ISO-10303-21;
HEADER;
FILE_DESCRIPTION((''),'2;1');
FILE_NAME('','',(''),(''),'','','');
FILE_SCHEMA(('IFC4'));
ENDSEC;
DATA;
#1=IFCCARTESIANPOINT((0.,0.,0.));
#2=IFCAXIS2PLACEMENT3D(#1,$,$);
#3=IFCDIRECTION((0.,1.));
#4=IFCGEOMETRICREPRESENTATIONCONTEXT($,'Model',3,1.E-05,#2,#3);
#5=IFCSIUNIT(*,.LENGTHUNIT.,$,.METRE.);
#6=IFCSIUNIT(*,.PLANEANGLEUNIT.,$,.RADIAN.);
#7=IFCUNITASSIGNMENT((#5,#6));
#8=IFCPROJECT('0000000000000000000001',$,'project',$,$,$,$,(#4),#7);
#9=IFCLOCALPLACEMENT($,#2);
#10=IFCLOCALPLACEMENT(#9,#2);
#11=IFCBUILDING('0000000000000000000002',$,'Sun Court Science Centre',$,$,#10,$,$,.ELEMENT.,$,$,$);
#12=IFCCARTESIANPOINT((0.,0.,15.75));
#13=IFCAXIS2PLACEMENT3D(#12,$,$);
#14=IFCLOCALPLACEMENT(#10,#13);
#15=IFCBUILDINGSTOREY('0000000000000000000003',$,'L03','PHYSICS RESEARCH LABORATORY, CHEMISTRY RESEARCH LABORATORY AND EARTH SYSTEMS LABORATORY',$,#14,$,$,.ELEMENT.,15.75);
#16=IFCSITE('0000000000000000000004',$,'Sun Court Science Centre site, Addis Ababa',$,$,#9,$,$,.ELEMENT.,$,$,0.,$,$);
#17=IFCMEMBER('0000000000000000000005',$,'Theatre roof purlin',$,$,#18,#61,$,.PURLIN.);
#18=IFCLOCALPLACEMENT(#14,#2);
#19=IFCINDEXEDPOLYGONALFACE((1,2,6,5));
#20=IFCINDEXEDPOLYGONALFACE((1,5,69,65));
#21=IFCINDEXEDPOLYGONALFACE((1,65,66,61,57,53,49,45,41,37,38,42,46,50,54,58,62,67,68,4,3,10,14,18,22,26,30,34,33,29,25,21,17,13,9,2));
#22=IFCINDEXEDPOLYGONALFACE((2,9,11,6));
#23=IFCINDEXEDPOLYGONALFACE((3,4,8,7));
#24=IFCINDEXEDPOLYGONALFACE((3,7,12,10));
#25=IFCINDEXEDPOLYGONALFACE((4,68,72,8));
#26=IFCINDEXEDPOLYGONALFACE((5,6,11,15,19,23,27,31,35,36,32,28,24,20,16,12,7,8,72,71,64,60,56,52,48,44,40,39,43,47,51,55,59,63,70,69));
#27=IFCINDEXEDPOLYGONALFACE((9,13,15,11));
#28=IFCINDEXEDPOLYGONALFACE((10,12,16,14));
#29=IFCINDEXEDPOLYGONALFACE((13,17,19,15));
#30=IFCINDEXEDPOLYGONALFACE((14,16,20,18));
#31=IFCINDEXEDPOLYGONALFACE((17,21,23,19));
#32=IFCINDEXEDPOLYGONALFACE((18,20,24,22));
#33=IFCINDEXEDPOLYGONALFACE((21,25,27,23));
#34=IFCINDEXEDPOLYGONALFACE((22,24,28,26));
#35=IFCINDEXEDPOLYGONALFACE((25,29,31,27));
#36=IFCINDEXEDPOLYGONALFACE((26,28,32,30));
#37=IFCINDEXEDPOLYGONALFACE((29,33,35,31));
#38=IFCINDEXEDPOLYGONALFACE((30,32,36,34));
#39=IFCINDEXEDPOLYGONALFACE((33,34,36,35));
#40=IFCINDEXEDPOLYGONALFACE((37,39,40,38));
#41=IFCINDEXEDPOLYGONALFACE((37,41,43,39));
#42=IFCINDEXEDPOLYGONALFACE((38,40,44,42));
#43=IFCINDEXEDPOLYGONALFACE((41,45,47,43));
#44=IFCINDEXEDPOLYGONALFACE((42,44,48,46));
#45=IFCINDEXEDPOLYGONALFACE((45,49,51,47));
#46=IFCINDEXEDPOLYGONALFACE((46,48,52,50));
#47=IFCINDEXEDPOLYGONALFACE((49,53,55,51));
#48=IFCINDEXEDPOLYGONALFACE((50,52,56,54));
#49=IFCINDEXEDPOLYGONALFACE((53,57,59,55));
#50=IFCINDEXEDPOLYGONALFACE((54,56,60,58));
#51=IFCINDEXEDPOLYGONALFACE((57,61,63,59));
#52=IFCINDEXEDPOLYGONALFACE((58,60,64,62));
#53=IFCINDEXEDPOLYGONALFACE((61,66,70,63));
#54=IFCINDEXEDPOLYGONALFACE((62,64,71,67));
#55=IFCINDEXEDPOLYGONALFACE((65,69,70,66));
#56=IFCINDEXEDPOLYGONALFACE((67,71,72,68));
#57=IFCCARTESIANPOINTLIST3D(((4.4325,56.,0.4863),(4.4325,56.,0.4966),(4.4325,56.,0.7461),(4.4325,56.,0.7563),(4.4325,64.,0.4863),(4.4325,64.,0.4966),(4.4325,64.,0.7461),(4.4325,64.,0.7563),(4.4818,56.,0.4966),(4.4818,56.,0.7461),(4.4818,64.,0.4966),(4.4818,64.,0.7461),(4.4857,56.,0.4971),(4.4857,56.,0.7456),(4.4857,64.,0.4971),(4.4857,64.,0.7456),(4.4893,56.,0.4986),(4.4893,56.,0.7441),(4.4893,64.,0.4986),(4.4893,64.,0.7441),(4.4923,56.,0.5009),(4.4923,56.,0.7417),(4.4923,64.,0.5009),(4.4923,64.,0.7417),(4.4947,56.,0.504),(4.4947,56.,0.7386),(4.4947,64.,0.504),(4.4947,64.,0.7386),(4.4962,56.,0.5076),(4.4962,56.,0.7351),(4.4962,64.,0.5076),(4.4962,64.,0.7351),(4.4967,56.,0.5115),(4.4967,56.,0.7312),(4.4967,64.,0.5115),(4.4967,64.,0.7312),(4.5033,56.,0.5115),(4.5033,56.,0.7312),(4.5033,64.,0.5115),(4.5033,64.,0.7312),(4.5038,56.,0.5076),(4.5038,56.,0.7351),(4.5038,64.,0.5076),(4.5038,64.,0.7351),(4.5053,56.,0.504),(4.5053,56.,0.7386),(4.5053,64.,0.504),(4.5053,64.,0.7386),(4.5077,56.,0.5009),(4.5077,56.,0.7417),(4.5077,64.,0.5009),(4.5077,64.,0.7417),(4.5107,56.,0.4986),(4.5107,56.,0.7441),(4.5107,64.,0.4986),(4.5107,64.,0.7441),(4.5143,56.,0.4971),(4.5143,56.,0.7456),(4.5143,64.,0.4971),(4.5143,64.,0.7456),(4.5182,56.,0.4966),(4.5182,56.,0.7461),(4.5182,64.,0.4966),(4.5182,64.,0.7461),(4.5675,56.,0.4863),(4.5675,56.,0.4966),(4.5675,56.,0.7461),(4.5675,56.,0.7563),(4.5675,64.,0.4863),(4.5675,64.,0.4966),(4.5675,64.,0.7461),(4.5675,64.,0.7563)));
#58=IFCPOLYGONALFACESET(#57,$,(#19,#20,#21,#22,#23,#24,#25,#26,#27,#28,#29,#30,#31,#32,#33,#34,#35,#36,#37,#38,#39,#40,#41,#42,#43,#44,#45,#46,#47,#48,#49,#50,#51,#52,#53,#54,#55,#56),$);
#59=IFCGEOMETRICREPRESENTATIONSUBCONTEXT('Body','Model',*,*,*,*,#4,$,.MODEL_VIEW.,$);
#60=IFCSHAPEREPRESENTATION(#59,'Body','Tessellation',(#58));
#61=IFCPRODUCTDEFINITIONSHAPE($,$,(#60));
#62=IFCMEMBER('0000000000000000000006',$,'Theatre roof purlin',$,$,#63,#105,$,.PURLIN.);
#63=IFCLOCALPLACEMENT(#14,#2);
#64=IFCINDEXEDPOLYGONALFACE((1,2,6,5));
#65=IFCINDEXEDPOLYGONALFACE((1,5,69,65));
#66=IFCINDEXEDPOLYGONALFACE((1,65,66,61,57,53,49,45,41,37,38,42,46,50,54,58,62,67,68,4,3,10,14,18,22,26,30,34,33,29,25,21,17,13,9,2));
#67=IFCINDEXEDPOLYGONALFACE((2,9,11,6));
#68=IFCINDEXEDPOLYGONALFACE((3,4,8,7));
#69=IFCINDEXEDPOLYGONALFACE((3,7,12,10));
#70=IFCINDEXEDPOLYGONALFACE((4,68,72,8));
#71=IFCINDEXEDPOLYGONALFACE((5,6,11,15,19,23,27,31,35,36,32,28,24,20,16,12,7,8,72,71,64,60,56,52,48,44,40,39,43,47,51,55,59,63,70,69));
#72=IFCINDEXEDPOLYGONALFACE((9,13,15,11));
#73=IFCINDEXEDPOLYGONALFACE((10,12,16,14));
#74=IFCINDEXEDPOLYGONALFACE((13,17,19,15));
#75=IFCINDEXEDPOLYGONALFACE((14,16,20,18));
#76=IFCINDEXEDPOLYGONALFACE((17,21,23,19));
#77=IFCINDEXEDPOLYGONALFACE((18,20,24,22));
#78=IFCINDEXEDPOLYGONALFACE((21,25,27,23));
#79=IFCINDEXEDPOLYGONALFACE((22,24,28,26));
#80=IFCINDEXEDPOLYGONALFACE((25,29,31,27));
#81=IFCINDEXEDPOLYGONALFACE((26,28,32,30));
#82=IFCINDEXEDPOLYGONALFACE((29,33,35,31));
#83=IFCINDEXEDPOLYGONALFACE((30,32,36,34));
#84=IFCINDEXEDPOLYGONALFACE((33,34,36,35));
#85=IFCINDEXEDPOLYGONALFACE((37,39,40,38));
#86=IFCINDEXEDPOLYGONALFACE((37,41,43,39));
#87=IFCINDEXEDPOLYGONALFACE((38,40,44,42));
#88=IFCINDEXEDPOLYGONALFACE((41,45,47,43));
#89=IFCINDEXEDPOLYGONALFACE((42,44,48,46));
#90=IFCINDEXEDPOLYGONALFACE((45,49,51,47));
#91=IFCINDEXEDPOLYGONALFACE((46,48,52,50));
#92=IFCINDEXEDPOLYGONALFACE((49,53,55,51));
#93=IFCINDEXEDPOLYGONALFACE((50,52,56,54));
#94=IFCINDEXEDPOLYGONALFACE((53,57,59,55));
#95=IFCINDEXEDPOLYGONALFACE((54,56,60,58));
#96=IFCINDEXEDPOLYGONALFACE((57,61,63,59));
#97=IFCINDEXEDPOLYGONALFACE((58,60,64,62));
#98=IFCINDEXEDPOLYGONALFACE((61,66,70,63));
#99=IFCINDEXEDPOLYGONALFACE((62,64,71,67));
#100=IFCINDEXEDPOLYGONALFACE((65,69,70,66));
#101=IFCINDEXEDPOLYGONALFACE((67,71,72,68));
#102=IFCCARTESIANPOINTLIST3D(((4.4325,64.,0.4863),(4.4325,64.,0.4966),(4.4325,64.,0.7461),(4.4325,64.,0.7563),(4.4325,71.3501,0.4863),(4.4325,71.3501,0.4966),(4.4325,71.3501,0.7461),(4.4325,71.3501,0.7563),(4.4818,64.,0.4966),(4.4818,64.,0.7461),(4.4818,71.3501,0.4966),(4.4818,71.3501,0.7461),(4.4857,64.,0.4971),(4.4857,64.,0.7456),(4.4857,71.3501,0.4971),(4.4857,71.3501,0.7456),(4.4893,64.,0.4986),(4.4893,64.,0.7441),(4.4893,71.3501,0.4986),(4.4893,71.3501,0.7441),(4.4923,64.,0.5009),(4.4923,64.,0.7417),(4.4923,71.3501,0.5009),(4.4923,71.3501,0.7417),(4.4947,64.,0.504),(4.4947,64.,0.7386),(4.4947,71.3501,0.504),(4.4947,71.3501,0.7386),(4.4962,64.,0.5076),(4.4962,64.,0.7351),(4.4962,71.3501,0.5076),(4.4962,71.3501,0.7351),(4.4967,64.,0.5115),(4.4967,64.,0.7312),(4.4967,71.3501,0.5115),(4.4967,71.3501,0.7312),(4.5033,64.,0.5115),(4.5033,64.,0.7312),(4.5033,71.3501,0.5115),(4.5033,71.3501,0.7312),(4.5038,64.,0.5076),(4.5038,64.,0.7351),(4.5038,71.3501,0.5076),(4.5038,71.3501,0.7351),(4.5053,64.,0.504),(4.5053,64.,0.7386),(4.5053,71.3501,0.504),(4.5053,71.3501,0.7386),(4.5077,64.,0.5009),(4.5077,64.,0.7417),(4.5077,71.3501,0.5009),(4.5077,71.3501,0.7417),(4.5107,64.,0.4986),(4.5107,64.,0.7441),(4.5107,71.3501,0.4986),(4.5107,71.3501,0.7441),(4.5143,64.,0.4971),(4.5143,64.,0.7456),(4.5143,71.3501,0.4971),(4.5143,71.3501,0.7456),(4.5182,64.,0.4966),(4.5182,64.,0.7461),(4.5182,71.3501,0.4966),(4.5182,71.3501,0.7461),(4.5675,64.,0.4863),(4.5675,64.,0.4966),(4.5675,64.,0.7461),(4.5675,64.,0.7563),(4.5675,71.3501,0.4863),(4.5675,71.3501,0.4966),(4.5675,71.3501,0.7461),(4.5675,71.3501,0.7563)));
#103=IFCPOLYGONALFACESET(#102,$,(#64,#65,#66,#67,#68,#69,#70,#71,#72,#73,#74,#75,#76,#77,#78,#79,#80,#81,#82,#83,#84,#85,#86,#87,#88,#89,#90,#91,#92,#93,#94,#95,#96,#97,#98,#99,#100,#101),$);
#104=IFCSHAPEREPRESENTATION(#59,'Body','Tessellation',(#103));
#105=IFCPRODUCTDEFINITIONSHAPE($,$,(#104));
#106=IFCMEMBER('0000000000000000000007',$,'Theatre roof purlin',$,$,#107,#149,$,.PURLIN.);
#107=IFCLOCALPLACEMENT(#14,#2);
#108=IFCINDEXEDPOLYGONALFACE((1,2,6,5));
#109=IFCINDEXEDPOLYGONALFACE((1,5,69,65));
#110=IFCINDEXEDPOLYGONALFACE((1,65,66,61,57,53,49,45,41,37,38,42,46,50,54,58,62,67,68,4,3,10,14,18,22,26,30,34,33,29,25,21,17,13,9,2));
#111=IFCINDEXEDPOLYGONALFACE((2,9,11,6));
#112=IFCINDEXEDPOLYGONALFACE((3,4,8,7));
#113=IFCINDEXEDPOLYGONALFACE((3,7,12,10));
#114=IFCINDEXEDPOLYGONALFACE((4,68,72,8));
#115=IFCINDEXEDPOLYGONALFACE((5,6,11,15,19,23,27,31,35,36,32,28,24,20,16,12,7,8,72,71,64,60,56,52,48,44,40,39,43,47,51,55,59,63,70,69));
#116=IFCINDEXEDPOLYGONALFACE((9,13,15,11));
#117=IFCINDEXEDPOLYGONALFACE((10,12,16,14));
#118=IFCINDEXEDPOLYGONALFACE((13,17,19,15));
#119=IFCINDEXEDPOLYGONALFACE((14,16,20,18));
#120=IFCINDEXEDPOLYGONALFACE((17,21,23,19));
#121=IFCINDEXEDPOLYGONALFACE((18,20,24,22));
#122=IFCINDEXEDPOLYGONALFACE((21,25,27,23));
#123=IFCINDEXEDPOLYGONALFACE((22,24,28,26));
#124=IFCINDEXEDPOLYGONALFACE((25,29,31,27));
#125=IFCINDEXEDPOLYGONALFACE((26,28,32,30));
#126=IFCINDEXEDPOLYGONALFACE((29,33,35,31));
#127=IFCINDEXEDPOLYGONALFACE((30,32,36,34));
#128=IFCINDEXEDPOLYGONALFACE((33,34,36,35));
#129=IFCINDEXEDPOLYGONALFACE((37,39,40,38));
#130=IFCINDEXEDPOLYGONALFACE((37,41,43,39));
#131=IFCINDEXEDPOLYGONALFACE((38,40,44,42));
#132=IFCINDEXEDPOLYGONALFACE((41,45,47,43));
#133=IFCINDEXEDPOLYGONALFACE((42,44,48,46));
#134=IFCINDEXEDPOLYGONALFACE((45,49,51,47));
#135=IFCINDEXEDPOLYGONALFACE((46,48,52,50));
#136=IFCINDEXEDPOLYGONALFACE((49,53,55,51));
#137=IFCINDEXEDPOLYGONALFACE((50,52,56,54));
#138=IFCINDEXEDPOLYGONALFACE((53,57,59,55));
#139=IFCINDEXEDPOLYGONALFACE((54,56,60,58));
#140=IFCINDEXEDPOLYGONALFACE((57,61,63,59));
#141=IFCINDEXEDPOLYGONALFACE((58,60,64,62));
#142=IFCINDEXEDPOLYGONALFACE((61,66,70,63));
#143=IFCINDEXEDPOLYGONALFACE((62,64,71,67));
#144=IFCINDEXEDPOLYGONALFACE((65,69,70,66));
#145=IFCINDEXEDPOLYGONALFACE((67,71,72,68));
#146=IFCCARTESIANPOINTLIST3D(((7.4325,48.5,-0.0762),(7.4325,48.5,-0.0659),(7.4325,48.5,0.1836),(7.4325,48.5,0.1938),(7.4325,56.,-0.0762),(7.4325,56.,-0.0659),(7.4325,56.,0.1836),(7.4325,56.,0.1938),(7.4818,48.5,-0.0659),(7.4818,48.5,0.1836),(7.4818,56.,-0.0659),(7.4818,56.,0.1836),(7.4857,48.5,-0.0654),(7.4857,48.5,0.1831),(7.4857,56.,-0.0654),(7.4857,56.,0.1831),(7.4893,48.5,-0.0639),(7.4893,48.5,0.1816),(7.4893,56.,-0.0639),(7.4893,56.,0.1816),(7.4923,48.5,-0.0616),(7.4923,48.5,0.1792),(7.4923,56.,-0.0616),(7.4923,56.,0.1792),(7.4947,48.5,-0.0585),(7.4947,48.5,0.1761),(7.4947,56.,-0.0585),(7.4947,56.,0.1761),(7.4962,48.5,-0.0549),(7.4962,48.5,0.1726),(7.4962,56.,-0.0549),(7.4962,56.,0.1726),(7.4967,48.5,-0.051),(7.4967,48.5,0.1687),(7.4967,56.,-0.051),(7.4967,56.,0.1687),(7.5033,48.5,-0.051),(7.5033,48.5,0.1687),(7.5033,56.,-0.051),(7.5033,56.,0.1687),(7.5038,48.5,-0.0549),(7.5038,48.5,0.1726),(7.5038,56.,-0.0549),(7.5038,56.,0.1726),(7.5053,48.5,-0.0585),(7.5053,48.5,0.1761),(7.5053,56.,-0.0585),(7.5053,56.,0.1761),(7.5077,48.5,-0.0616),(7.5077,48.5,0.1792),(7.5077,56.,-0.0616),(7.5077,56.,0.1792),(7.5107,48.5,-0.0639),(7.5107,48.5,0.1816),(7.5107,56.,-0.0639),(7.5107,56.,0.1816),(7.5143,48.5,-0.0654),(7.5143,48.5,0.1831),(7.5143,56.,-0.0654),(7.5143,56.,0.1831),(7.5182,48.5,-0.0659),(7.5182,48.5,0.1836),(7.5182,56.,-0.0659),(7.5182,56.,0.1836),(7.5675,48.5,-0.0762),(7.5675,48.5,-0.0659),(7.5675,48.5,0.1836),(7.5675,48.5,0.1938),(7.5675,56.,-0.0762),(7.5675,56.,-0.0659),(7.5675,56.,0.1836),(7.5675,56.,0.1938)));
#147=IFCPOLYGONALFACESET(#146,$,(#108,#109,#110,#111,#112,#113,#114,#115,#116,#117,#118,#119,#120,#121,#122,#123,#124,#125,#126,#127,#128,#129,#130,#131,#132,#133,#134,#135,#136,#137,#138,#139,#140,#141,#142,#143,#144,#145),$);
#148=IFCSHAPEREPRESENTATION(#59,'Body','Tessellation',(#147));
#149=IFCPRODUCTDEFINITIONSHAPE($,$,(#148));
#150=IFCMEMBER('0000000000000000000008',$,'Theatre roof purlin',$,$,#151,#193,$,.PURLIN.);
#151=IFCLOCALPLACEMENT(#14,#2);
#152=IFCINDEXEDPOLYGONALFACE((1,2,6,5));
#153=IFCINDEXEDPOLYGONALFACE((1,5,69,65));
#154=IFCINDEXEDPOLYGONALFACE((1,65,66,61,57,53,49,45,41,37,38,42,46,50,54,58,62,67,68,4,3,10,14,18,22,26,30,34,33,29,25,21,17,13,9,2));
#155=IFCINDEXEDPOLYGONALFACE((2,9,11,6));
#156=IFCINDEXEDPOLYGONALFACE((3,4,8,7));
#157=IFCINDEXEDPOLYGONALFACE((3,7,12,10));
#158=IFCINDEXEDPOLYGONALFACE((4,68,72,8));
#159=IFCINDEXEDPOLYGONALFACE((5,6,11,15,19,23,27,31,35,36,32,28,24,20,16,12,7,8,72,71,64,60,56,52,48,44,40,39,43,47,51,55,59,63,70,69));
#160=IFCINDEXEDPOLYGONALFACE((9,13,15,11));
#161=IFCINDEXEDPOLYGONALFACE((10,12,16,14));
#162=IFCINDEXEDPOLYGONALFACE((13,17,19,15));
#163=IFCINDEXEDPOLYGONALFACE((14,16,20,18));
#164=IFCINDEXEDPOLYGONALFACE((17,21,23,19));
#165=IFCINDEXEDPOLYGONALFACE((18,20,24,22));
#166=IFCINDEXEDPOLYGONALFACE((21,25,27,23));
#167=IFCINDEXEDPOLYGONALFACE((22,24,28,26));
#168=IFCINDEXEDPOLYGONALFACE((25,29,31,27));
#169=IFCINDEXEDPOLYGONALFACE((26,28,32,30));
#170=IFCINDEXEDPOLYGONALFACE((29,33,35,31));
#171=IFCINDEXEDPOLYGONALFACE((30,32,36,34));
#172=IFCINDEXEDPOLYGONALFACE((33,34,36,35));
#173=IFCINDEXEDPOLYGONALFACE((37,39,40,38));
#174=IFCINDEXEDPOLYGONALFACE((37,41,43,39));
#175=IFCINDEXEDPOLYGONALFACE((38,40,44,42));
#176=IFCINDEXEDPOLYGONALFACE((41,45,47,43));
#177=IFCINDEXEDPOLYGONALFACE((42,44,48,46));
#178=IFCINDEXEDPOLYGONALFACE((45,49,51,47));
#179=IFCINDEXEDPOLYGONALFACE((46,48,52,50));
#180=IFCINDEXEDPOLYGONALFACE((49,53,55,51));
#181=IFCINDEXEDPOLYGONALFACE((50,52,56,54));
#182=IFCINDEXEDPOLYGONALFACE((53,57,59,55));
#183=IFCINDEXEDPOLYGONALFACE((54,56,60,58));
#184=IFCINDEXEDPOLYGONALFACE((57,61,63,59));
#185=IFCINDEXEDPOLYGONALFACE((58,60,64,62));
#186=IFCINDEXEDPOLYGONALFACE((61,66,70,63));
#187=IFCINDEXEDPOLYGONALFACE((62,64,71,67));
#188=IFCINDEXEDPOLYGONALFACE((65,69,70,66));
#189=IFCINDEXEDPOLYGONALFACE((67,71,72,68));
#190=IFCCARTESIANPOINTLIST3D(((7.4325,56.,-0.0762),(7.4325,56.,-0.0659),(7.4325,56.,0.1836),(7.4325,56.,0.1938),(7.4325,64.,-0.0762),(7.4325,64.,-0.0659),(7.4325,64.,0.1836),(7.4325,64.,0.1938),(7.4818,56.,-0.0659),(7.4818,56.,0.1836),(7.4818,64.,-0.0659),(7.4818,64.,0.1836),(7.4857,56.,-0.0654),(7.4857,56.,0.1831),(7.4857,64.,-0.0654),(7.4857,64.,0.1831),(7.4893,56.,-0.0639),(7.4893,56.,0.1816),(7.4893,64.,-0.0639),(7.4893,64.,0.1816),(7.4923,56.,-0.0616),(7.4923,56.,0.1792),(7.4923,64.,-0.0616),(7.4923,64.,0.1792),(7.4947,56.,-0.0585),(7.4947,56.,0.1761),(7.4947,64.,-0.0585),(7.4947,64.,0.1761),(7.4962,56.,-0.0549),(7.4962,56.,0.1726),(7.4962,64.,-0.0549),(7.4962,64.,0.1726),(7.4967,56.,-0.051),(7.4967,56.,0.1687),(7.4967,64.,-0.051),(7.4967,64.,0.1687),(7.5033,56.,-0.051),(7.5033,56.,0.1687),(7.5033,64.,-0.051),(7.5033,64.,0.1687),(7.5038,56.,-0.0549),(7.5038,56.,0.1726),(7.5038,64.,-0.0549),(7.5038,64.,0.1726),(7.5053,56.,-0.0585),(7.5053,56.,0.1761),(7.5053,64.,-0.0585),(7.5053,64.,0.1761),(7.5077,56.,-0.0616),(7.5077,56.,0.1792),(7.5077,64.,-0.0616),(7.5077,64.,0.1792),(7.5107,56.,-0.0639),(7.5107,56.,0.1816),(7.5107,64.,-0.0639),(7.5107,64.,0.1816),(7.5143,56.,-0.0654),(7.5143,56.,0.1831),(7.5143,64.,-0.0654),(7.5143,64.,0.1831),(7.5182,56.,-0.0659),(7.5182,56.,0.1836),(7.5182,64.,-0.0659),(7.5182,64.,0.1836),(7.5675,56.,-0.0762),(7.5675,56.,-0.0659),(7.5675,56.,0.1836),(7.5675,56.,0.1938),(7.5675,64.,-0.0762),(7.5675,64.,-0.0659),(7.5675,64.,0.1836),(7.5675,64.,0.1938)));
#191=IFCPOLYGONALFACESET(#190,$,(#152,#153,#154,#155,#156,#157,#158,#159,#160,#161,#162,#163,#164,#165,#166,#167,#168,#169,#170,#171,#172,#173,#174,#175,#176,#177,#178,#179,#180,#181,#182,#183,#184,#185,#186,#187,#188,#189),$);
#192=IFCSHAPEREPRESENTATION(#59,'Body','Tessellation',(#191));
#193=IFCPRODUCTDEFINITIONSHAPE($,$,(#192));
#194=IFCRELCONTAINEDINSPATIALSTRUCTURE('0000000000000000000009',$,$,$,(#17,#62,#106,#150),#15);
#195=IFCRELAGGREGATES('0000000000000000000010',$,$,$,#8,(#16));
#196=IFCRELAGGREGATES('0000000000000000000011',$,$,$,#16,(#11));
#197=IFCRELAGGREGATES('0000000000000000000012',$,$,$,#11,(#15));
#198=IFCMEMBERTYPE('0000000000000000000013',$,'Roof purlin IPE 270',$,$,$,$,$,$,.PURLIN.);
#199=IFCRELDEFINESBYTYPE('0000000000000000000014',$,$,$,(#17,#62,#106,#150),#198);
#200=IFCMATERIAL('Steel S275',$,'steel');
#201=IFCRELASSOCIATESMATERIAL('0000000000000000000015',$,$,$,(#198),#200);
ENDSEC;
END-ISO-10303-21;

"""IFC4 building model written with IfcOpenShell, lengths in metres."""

from ifc_helpers import new_model, si_unit, direction, frame, origin, origin_2d, place, context, subcontext, project, spatial, i_section, extrude, material, material_profile, profile_set, type_object, element, save


model = new_model("IFC4")

# Units and contexts
model_context = context("Model", 3, precision=1e-05, world=origin(), true_north=direction((0.0, 1.0)))
body_context = subcontext(model_context, "Body", "Model", "MODEL_VIEW")
ifc_project = project(units=[si_unit("LENGTHUNIT", "METRE"), si_unit("PLANEANGLEUNIT", "RADIAN")], contexts=[model_context])

# Site, building, storey
site_placement = place(None, origin())
site = spatial("IfcSite", under=ifc_project, at=site_placement, Name="Sun Court Science Centre site, Addis Ababa", CompositionType="ELEMENT", RefElevation=0.0)
building_placement = place(site_placement, origin())
building = spatial("IfcBuilding", under=site, at=building_placement, Name="Sun Court Science Centre", CompositionType="ELEMENT")
storey_placement = place(building_placement, frame((0.0, 0.0, 15.75)))
storey = spatial("IfcBuildingStorey", under=building, at=storey_placement, Name="L03", Description="PHYSICS RESEARCH LABORATORY, CHEMISTRY RESEARCH LABORATORY AND EARTH SYSTEMS LABORATORY", CompositionType="ELEMENT", Elevation=15.75)

# Members
ifc_material_1 = material(Name="Steel S275", Category="steel")
ifc_material_profile = material_profile(ifc_material_1, i_section(OverallWidth=0.135, OverallDepth=0.27, WebThickness=0.0066, FlangeThickness=0.0103, FilletRadius=0.0149, at=origin_2d()), Name="IPE 270")
ifc_profile_set = profile_set([ifc_material_profile], Name="Steel S275")
member_type = type_object("IfcMemberType", Name="Roof purlin IPE 270", PredefinedType="PURLIN", material=ifc_profile_set)
member_1_placement = place(storey_placement, frame((4.5, 56.0, 0.6213), z_axis=(0.0, 1.0, 0.0), x_axis=(-1.0, 0.0, 0.0)))
element("IfcMember", 1, at=member_1_placement, inside=storey, type_object=member_type, Name="Theatre roof purlin", PredefinedType="PURLIN", context=body_context, shape_type="SweptSolid", body=[
    extrude(i_section(OverallWidth=0.135, OverallDepth=0.27, WebThickness=0.0066, FlangeThickness=0.0103, FilletRadius=0.0149, at=origin_2d()), origin(), (0.0, 0.0, 1.0), 8.0),
])
member_2_placement = place(storey_placement, frame((4.5, 64.0, 0.6213), z_axis=(0.0, 1.0, 0.0), x_axis=(-1.0, 0.0, 0.0)))
element("IfcMember", 2, at=member_2_placement, inside=storey, type_object=member_type, Name="Theatre roof purlin", PredefinedType="PURLIN", context=body_context, shape_type="SweptSolid", body=[
    extrude(i_section(OverallWidth=0.135, OverallDepth=0.27, WebThickness=0.0066, FlangeThickness=0.0103, FilletRadius=0.0149, at=origin_2d()), origin(), (0.0, 0.0, 1.0), 7.3501),
])
member_3_placement = place(storey_placement, frame((7.5, 48.5, 0.0588), z_axis=(0.0, 1.0, 0.0), x_axis=(-1.0, 0.0, 0.0)))
element("IfcMember", 3, at=member_3_placement, inside=storey, type_object=member_type, Name="Theatre roof purlin", PredefinedType="PURLIN", context=body_context, shape_type="SweptSolid", body=[
    extrude(i_section(OverallWidth=0.135, OverallDepth=0.27, WebThickness=0.0066, FlangeThickness=0.0103, FilletRadius=0.0149, at=origin_2d()), origin(), (0.0, 0.0, 1.0), 7.5),
])
member_4_placement = place(storey_placement, frame((7.5, 56.0, 0.0588), z_axis=(0.0, 1.0, 0.0), x_axis=(-1.0, 0.0, 0.0)))
element("IfcMember", 4, at=member_4_placement, inside=storey, type_object=member_type, Name="Theatre roof purlin", PredefinedType="PURLIN", context=body_context, shape_type="SweptSolid", body=[
    extrude(i_section(OverallWidth=0.135, OverallDepth=0.27, WebThickness=0.0066, FlangeThickness=0.0103, FilletRadius=0.0149, at=origin_2d()), origin(), (0.0, 0.0, 1.0), 8.0),
])

save(model, "model.ifc")
